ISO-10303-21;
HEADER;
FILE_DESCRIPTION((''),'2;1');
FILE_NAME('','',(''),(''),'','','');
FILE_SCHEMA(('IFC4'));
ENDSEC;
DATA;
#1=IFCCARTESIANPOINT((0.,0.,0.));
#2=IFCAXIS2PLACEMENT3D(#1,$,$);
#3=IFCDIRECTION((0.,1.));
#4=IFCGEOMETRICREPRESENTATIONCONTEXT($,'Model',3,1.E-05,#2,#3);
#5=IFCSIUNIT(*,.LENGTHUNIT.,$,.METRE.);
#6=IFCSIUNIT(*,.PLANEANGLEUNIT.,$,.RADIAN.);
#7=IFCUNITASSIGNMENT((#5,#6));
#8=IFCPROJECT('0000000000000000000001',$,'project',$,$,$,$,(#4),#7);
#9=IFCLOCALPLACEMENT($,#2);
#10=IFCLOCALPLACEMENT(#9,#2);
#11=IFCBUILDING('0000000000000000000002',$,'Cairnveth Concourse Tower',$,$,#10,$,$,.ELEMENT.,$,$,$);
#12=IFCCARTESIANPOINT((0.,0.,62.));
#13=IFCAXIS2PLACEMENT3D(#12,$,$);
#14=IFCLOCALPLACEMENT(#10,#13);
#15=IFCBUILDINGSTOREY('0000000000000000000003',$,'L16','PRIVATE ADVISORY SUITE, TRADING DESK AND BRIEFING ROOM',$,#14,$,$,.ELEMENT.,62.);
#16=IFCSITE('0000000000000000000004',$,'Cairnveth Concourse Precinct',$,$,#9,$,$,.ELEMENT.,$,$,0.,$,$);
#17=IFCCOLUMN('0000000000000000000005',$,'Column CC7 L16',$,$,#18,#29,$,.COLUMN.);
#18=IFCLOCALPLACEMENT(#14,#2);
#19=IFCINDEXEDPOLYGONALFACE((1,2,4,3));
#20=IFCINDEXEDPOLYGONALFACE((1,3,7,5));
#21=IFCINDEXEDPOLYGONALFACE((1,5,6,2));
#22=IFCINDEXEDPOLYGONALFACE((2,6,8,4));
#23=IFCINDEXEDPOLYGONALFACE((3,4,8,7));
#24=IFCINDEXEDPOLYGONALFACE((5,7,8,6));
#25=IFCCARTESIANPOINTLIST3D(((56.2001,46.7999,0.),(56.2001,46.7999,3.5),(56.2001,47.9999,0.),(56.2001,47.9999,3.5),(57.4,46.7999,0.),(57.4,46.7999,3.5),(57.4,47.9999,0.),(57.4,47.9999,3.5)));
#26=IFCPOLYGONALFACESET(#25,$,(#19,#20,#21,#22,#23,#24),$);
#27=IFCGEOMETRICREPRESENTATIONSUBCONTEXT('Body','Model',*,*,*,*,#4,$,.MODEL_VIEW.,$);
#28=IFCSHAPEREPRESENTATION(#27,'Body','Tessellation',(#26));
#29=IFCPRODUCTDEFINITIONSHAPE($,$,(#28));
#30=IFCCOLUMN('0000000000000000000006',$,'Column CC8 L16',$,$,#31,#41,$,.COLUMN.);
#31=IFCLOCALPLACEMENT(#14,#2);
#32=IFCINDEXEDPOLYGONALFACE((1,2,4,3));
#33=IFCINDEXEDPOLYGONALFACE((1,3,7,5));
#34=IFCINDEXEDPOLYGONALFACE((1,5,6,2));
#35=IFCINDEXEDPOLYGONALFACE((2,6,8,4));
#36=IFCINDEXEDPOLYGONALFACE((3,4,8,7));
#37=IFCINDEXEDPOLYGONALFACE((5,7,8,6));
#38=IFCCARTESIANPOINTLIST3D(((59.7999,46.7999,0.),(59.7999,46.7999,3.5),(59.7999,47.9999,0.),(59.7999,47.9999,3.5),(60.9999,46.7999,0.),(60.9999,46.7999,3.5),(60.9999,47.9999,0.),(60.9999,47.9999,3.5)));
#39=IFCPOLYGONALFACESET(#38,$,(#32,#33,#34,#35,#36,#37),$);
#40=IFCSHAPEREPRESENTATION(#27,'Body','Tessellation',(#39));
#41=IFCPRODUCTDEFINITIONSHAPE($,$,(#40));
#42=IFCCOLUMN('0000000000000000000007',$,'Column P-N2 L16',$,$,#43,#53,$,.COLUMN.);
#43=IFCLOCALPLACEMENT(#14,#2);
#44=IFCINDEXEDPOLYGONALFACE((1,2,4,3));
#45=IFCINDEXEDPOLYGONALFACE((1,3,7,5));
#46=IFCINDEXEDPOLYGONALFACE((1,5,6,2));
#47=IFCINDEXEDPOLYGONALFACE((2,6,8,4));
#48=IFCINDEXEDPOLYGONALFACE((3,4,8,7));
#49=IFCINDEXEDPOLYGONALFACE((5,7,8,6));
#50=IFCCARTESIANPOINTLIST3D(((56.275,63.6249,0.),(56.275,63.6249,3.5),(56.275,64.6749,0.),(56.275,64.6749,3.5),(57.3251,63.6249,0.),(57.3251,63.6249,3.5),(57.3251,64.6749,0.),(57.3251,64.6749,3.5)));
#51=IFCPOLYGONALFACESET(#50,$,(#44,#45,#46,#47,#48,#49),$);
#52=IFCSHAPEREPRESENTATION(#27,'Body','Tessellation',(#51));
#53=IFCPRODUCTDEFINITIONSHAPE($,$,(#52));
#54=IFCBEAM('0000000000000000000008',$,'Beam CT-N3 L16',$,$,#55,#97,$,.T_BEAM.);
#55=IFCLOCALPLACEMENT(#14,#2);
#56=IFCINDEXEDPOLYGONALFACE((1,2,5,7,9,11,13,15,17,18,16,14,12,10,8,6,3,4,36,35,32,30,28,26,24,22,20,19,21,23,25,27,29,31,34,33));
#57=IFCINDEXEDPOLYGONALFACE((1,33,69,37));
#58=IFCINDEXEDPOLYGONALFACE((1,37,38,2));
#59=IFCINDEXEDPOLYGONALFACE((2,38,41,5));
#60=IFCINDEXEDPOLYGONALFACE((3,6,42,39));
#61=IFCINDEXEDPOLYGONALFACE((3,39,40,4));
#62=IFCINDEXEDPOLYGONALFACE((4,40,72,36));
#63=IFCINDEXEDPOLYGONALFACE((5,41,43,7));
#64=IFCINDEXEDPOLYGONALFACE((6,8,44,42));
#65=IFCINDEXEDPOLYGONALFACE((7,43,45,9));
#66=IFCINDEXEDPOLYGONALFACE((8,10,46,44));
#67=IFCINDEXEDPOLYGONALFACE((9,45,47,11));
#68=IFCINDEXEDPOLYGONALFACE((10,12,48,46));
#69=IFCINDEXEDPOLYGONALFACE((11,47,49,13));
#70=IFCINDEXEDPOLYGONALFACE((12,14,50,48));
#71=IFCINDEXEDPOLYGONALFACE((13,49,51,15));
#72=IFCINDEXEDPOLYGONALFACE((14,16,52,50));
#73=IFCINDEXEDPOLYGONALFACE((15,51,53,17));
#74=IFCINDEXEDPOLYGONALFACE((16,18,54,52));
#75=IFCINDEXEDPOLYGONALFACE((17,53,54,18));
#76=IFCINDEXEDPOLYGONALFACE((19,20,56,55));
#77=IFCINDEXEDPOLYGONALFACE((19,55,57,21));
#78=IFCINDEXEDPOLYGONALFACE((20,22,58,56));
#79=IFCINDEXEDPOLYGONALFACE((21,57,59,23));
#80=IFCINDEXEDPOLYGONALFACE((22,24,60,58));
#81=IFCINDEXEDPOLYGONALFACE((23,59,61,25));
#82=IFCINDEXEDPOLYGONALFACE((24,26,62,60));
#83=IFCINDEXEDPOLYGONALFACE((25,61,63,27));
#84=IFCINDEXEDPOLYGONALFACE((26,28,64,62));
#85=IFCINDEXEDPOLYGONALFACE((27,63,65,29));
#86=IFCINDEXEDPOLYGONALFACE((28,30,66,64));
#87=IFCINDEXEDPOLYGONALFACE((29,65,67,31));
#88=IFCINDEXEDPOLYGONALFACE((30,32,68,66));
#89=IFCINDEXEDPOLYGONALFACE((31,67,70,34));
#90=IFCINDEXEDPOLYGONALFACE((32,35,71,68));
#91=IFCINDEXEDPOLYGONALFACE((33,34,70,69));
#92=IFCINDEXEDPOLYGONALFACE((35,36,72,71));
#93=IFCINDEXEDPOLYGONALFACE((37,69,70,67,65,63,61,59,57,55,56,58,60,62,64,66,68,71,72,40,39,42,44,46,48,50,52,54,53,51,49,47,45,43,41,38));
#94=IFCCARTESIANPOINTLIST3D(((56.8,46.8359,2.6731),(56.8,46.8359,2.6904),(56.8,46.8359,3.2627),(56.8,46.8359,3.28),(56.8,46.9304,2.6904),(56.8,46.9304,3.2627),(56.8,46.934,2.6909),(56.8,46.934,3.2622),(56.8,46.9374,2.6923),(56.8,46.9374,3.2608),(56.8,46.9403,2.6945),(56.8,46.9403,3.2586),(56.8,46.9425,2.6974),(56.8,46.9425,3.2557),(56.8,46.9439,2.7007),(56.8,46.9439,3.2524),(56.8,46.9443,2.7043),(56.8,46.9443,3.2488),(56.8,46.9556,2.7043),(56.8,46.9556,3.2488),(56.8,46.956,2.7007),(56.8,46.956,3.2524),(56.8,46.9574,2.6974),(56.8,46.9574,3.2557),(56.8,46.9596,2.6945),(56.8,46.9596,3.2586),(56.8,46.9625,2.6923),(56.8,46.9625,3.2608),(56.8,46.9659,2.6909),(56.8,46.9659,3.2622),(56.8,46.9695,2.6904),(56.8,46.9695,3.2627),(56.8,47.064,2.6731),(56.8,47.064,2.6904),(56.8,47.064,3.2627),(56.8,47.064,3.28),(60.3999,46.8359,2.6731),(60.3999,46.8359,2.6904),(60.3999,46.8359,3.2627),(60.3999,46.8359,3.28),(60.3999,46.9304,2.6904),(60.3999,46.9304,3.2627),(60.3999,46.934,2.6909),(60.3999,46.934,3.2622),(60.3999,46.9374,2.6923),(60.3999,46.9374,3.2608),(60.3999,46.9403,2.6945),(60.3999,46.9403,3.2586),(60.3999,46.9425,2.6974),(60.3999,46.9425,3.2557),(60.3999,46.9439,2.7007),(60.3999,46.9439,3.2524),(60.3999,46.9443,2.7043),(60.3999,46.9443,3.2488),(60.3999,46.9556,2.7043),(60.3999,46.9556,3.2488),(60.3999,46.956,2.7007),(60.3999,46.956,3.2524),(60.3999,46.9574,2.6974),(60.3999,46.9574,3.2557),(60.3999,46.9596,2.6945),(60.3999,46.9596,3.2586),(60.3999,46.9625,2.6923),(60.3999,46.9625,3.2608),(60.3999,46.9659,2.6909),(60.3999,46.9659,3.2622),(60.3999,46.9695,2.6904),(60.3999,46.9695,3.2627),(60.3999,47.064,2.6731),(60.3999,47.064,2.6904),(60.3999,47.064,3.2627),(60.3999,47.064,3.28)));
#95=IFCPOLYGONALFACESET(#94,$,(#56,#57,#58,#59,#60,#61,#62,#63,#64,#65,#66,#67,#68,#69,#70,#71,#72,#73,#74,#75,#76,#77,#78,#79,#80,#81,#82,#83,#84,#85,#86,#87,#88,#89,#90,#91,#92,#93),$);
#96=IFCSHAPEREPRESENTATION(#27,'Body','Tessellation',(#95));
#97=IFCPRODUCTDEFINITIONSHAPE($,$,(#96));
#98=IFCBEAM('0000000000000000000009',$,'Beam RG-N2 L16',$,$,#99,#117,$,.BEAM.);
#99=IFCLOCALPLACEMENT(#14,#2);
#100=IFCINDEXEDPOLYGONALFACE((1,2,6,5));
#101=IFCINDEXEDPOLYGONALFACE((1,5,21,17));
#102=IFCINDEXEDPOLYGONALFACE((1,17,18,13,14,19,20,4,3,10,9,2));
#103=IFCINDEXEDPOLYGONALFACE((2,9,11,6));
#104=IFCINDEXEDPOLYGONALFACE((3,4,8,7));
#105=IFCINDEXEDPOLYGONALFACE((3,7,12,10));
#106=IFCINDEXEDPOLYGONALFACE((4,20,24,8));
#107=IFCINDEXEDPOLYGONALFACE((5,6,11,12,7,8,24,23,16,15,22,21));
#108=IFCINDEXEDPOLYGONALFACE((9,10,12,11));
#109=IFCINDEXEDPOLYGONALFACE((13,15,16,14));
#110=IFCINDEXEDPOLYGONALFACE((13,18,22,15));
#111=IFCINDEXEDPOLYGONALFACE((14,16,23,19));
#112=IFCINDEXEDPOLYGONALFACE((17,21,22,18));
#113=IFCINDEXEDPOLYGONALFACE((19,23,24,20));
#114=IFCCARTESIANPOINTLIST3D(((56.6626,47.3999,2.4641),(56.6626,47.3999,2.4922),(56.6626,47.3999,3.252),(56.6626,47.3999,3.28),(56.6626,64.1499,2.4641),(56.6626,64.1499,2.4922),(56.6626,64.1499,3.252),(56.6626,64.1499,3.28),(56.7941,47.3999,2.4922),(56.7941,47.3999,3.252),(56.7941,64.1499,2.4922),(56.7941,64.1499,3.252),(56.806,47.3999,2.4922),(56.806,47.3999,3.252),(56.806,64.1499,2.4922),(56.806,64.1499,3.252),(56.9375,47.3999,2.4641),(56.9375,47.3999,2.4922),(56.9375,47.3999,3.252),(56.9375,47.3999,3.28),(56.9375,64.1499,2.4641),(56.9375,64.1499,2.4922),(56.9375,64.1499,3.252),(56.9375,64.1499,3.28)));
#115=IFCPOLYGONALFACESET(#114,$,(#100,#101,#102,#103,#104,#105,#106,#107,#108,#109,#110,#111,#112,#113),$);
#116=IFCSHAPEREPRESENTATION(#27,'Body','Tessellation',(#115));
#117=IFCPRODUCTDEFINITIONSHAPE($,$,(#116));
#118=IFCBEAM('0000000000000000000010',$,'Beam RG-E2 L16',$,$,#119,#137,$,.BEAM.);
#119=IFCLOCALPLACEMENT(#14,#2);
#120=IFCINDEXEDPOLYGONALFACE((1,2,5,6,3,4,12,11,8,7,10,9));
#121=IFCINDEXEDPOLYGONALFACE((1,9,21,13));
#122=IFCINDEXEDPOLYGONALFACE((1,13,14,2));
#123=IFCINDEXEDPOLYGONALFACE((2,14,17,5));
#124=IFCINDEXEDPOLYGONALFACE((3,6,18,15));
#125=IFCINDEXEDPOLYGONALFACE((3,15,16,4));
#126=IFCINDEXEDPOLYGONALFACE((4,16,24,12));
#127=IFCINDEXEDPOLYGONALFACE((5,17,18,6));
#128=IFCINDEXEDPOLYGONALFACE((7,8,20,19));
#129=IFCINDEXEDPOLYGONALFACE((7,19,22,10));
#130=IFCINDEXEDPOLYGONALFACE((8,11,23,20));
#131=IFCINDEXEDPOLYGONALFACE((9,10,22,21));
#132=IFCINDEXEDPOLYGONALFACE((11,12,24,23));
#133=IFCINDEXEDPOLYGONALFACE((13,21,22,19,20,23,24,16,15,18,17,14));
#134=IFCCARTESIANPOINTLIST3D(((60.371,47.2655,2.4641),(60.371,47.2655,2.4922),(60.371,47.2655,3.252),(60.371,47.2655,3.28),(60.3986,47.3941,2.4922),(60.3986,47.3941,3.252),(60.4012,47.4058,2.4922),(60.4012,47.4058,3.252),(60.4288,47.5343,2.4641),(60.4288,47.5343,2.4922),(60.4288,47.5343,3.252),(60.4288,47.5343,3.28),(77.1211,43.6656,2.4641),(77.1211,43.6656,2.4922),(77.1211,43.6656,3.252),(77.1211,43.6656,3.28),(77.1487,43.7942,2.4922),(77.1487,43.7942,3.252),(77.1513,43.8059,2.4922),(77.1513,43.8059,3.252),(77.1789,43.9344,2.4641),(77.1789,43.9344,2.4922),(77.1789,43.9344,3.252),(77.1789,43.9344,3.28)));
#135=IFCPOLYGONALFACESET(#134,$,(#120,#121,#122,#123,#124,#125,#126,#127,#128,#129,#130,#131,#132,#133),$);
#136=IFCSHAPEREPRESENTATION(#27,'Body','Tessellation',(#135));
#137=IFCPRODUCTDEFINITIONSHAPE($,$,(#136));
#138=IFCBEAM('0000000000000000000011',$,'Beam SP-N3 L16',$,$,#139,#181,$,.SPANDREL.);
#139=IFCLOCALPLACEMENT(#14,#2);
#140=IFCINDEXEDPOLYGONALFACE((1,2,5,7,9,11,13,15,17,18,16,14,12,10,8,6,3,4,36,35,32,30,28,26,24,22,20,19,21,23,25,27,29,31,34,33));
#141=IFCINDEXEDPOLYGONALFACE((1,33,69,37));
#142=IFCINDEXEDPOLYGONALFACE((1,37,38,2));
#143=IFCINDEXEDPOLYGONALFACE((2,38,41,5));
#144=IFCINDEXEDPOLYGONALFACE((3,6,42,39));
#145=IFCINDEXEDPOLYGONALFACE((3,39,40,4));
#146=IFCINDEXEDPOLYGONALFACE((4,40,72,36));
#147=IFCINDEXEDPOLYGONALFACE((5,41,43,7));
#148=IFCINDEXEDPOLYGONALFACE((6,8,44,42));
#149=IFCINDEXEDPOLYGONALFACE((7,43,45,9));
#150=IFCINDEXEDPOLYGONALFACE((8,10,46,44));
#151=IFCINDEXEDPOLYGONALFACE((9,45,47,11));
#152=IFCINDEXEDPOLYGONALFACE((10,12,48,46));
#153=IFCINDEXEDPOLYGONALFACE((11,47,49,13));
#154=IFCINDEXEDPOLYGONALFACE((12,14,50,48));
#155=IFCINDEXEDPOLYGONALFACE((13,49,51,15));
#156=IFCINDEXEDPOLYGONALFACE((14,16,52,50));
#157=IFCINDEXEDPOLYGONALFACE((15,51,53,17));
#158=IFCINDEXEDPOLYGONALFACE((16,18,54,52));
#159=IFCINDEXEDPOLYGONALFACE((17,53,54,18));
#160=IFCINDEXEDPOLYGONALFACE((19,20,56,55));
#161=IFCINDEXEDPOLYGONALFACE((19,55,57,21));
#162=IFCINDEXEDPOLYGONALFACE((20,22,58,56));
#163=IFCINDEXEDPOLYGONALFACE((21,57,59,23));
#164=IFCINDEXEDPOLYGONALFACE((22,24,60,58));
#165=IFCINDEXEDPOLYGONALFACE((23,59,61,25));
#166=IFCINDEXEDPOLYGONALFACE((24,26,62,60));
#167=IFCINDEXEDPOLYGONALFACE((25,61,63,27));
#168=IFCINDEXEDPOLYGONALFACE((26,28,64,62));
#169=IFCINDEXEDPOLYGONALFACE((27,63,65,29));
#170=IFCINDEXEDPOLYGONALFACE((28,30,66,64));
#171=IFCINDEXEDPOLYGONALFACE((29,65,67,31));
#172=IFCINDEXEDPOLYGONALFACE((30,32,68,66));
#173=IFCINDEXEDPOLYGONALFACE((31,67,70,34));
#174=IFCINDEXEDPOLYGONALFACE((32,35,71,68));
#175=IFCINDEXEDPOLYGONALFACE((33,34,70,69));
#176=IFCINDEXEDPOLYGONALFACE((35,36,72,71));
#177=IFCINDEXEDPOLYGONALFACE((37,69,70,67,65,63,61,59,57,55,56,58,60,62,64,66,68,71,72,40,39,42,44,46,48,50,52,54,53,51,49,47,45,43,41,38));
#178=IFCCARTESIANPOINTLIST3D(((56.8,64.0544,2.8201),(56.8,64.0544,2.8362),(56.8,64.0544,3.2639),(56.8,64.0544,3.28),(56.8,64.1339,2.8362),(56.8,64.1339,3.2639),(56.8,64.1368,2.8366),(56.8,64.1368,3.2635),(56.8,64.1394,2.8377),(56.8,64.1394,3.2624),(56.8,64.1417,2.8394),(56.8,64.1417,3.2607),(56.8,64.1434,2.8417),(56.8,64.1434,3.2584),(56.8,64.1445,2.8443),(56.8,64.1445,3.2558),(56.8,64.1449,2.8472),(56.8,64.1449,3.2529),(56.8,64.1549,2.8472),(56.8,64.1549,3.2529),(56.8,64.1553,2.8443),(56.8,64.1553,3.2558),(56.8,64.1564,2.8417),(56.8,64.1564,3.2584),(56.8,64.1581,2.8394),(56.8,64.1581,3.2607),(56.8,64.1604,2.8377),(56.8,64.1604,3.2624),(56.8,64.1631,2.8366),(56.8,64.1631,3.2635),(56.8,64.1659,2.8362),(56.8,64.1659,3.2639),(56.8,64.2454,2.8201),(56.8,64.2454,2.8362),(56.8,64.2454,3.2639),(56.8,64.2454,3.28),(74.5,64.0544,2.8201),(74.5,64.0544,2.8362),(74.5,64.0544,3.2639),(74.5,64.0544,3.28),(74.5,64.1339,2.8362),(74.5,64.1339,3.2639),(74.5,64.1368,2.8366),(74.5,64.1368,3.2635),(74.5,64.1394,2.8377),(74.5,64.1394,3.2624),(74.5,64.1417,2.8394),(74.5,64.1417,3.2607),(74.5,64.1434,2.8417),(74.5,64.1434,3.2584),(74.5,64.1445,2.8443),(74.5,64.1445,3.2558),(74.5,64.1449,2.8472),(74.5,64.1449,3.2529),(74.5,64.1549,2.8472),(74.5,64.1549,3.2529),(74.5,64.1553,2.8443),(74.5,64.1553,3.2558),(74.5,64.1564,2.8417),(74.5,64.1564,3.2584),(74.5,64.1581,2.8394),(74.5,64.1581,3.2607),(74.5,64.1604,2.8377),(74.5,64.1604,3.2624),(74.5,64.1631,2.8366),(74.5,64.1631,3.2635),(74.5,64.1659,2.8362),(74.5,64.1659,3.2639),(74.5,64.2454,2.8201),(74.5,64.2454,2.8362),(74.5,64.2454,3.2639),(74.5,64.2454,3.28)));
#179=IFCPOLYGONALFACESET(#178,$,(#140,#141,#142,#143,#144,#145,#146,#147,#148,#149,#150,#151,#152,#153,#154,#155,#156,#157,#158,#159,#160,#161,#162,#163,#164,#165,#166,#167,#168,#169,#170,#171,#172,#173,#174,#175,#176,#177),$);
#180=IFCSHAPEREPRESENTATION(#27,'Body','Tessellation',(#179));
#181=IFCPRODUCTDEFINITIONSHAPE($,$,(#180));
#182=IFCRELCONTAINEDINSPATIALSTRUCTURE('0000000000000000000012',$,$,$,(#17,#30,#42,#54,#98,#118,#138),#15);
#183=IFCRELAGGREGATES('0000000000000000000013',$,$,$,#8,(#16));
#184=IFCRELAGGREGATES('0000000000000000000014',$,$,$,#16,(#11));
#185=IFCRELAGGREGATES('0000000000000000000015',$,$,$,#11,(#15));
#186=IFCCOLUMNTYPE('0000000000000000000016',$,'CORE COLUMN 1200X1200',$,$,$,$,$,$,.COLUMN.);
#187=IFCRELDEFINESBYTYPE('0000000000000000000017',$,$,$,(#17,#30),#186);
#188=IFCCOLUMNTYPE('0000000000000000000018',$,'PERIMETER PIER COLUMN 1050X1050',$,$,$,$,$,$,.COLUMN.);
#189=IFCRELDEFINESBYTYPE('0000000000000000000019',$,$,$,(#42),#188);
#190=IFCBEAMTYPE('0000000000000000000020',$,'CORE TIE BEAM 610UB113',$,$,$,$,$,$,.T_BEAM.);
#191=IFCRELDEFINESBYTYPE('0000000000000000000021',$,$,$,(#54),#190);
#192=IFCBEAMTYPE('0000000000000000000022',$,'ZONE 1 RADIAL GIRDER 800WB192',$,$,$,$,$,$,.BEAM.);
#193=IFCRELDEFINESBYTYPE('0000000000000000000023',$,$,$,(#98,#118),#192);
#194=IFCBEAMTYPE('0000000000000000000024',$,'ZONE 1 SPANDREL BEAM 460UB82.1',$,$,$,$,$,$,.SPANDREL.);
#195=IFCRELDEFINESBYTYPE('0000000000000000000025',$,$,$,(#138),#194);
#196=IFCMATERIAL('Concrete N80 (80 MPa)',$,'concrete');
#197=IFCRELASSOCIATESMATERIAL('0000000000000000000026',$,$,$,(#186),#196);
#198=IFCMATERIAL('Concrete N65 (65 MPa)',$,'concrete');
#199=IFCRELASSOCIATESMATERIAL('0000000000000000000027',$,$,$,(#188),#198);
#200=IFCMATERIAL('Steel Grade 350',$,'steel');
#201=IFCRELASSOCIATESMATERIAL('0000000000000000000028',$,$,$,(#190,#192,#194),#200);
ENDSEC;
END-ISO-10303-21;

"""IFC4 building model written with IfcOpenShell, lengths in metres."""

from ifc_helpers import new_model, si_unit, direction, frame, origin, origin_2d, place, context, subcontext, project, spatial, rectangle, i_section, extrude, material, material_profile, profile_set, type_object, element, save


model = new_model("IFC4")

# Units and contexts
model_context = context("Model", 3, precision=1e-05, world=origin(), true_north=direction((0.0, 1.0)))
body_context = subcontext(model_context, "Body", "Model", "MODEL_VIEW")
ifc_project = project(units=[si_unit("LENGTHUNIT", "METRE"), si_unit("PLANEANGLEUNIT", "RADIAN")], contexts=[model_context])

# Site, building, storey
site_placement = place(None, origin())
site = spatial("IfcSite", under=ifc_project, at=site_placement, Name="Cairnveth Concourse Precinct", CompositionType="ELEMENT", RefElevation=0.0)
building_placement = place(site_placement, origin())
building = spatial("IfcBuilding", under=site, at=building_placement, Name="Cairnveth Concourse Tower", CompositionType="ELEMENT")
storey_placement = place(building_placement, frame((0.0, 0.0, 62.0)))
storey = spatial("IfcBuildingStorey", under=building, at=storey_placement, Name="L16", Description="PRIVATE ADVISORY SUITE, TRADING DESK AND BRIEFING ROOM", CompositionType="ELEMENT", Elevation=62.0)

# Columns
ifc_material_1 = material(Name="Concrete N80 (80 MPa)", Category="concrete")
ifc_material_profile_1 = material_profile(ifc_material_1, rectangle(XDim=1.2, YDim=1.2, at=origin_2d()), Name="RC-COL-1200x1200")
ifc_profile_set_1 = profile_set([ifc_material_profile_1], Name="Concrete N80 (80 MPa)")
column_type_1 = type_object("IfcColumnType", Name="CORE COLUMN 1200X1200", PredefinedType="COLUMN", material=ifc_profile_set_1)
for number, where, z_axis, x_axis, name in (
    (1, (56.8, 47.3999, 0.0), (0.0, 0.0, 1.0), (1.0, 0.0, 0.0), "Column CC7 L16"),
    (2, (60.3999, 47.3999, 0.0), (0.0, 0.0, 1.0), (1.0, 0.0, 0.0), "Column CC8 L16"),
):
    element("IfcColumn", number, at=place(storey_placement, frame(where, z_axis=z_axis, x_axis=x_axis)), inside=storey, type_object=column_type_1, Name=name, PredefinedType="COLUMN", context=body_context, shape_type="SweptSolid", body=[
        extrude(rectangle(XDim=1.2, YDim=1.2, at=origin_2d()), origin(), (0.0, 0.0, 1.0), 3.5),
    ])
ifc_material_2 = material(Name="Concrete N65 (65 MPa)", Category="concrete")
ifc_material_profile_2 = material_profile(ifc_material_2, rectangle(XDim=1.05, YDim=1.05, at=origin_2d()), Name="RC-COL-1050x1050")
ifc_profile_set_2 = profile_set([ifc_material_profile_2], Name="Concrete N65 (65 MPa)")
column_type_2 = type_object("IfcColumnType", Name="PERIMETER PIER COLUMN 1050X1050", PredefinedType="COLUMN", material=ifc_profile_set_2)
column_placement = place(storey_placement, frame((56.8, 64.1499, 0.0), z_axis=(0.0, 0.0, 1.0), x_axis=(1.0, 0.0, 0.0)))
element("IfcColumn", 3, at=column_placement, inside=storey, type_object=column_type_2, Name="Column P-N2 L16", PredefinedType="COLUMN", context=body_context, shape_type="SweptSolid", body=[
    extrude(rectangle(XDim=1.05, YDim=1.05, at=origin_2d()), origin(), (0.0, 0.0, 1.0), 3.5),
])

# Beams
ifc_material_3 = material(Name="Steel Grade 350", Category="steel")
ifc_material_profile_3 = material_profile(ifc_material_3, i_section(OverallWidth=0.228, OverallDepth=0.6069, WebThickness=0.0112, FlangeThickness=0.0173, FilletRadius=0.0139, at=origin_2d()), Name="610UB113")
ifc_profile_set_3 = profile_set([ifc_material_profile_3], Name="Steel Grade 350")
beam_type_1 = type_object("IfcBeamType", Name="CORE TIE BEAM 610UB113", PredefinedType="T_BEAM", material=ifc_profile_set_3)
beam_1_placement = place(storey_placement, frame((56.8, 46.95, 2.9766), z_axis=(1.0, 0.0, 0.0), x_axis=(0.0, 1.0, 0.0)))
element("IfcBeam", 4, at=beam_1_placement, inside=storey, type_object=beam_type_1, Name="Beam CT-N3 L16", PredefinedType="T_BEAM", context=body_context, shape_type="SweptSolid", body=[
    extrude(i_section(OverallWidth=0.228, OverallDepth=0.6069, WebThickness=0.0112, FlangeThickness=0.0173, FilletRadius=0.0139, at=origin_2d()), origin(), (0.0, 0.0, 1.0), 3.5999),
])
ifc_material_profile_4 = material_profile(ifc_material_3, i_section(OverallWidth=0.2749, OverallDepth=0.8159, WebThickness=0.012, FlangeThickness=0.0281, at=origin_2d()), Name="800WB192")
ifc_profile_set_4 = profile_set([ifc_material_profile_4], Name="Steel Grade 350")
beam_type_2 = type_object("IfcBeamType", Name="ZONE 1 RADIAL GIRDER 800WB192", PredefinedType="BEAM", material=ifc_profile_set_4)
beam_2_placement = place(storey_placement, frame((56.8, 47.3999, 2.8721), z_axis=(0.0, 1.0, 0.0), x_axis=(-1.0, 0.0, 0.0)))
element("IfcBeam", 5, at=beam_2_placement, inside=storey, type_object=beam_type_2, Name="Beam RG-N2 L16", PredefinedType="BEAM", context=body_context, shape_type="SweptSolid", body=[
    extrude(i_section(OverallWidth=0.2749, OverallDepth=0.8159, WebThickness=0.012, FlangeThickness=0.0281, at=origin_2d()), origin(), (0.0, 0.0, 1.0), 16.75),
])
beam_3_placement = place(storey_placement, frame((60.3999, 47.3999, 2.8721), z_axis=(0.977676, -0.210119, 0.0), x_axis=(0.210119, 0.977676, 0.0)))
element("IfcBeam", 6, at=beam_3_placement, inside=storey, type_object=beam_type_2, Name="Beam RG-E2 L16", PredefinedType="BEAM", context=body_context, shape_type="SweptSolid", body=[
    extrude(i_section(OverallWidth=0.2749, OverallDepth=0.8159, WebThickness=0.012, FlangeThickness=0.0281, at=origin_2d()), origin(), (0.0, 0.0, 1.0), 17.1326),
])
ifc_material_profile_5 = material_profile(ifc_material_3, i_section(OverallWidth=0.1909, OverallDepth=0.46, WebThickness=0.01, FlangeThickness=0.0161, FilletRadius=0.011, at=origin_2d()), Name="460UB82.1")
ifc_profile_set_5 = profile_set([ifc_material_profile_5], Name="Steel Grade 350")
beam_type_3 = type_object("IfcBeamType", Name="ZONE 1 SPANDREL BEAM 460UB82.1", PredefinedType="SPANDREL", material=ifc_profile_set_5)
beam_4_placement = place(storey_placement, frame((56.8, 64.1499, 3.05), z_axis=(1.0, 0.0, 0.0), x_axis=(0.0, 1.0, 0.0)))
element("IfcBeam", 7, at=beam_4_placement, inside=storey, type_object=beam_type_3, Name="Beam SP-N3 L16", PredefinedType="SPANDREL", context=body_context, shape_type="SweptSolid", body=[
    extrude(i_section(OverallWidth=0.1909, OverallDepth=0.46, WebThickness=0.01, FlangeThickness=0.0161, FilletRadius=0.011, at=origin_2d()), origin(), (0.0, 0.0, 1.0), 17.7),
])

save(model, "model.ifc")
